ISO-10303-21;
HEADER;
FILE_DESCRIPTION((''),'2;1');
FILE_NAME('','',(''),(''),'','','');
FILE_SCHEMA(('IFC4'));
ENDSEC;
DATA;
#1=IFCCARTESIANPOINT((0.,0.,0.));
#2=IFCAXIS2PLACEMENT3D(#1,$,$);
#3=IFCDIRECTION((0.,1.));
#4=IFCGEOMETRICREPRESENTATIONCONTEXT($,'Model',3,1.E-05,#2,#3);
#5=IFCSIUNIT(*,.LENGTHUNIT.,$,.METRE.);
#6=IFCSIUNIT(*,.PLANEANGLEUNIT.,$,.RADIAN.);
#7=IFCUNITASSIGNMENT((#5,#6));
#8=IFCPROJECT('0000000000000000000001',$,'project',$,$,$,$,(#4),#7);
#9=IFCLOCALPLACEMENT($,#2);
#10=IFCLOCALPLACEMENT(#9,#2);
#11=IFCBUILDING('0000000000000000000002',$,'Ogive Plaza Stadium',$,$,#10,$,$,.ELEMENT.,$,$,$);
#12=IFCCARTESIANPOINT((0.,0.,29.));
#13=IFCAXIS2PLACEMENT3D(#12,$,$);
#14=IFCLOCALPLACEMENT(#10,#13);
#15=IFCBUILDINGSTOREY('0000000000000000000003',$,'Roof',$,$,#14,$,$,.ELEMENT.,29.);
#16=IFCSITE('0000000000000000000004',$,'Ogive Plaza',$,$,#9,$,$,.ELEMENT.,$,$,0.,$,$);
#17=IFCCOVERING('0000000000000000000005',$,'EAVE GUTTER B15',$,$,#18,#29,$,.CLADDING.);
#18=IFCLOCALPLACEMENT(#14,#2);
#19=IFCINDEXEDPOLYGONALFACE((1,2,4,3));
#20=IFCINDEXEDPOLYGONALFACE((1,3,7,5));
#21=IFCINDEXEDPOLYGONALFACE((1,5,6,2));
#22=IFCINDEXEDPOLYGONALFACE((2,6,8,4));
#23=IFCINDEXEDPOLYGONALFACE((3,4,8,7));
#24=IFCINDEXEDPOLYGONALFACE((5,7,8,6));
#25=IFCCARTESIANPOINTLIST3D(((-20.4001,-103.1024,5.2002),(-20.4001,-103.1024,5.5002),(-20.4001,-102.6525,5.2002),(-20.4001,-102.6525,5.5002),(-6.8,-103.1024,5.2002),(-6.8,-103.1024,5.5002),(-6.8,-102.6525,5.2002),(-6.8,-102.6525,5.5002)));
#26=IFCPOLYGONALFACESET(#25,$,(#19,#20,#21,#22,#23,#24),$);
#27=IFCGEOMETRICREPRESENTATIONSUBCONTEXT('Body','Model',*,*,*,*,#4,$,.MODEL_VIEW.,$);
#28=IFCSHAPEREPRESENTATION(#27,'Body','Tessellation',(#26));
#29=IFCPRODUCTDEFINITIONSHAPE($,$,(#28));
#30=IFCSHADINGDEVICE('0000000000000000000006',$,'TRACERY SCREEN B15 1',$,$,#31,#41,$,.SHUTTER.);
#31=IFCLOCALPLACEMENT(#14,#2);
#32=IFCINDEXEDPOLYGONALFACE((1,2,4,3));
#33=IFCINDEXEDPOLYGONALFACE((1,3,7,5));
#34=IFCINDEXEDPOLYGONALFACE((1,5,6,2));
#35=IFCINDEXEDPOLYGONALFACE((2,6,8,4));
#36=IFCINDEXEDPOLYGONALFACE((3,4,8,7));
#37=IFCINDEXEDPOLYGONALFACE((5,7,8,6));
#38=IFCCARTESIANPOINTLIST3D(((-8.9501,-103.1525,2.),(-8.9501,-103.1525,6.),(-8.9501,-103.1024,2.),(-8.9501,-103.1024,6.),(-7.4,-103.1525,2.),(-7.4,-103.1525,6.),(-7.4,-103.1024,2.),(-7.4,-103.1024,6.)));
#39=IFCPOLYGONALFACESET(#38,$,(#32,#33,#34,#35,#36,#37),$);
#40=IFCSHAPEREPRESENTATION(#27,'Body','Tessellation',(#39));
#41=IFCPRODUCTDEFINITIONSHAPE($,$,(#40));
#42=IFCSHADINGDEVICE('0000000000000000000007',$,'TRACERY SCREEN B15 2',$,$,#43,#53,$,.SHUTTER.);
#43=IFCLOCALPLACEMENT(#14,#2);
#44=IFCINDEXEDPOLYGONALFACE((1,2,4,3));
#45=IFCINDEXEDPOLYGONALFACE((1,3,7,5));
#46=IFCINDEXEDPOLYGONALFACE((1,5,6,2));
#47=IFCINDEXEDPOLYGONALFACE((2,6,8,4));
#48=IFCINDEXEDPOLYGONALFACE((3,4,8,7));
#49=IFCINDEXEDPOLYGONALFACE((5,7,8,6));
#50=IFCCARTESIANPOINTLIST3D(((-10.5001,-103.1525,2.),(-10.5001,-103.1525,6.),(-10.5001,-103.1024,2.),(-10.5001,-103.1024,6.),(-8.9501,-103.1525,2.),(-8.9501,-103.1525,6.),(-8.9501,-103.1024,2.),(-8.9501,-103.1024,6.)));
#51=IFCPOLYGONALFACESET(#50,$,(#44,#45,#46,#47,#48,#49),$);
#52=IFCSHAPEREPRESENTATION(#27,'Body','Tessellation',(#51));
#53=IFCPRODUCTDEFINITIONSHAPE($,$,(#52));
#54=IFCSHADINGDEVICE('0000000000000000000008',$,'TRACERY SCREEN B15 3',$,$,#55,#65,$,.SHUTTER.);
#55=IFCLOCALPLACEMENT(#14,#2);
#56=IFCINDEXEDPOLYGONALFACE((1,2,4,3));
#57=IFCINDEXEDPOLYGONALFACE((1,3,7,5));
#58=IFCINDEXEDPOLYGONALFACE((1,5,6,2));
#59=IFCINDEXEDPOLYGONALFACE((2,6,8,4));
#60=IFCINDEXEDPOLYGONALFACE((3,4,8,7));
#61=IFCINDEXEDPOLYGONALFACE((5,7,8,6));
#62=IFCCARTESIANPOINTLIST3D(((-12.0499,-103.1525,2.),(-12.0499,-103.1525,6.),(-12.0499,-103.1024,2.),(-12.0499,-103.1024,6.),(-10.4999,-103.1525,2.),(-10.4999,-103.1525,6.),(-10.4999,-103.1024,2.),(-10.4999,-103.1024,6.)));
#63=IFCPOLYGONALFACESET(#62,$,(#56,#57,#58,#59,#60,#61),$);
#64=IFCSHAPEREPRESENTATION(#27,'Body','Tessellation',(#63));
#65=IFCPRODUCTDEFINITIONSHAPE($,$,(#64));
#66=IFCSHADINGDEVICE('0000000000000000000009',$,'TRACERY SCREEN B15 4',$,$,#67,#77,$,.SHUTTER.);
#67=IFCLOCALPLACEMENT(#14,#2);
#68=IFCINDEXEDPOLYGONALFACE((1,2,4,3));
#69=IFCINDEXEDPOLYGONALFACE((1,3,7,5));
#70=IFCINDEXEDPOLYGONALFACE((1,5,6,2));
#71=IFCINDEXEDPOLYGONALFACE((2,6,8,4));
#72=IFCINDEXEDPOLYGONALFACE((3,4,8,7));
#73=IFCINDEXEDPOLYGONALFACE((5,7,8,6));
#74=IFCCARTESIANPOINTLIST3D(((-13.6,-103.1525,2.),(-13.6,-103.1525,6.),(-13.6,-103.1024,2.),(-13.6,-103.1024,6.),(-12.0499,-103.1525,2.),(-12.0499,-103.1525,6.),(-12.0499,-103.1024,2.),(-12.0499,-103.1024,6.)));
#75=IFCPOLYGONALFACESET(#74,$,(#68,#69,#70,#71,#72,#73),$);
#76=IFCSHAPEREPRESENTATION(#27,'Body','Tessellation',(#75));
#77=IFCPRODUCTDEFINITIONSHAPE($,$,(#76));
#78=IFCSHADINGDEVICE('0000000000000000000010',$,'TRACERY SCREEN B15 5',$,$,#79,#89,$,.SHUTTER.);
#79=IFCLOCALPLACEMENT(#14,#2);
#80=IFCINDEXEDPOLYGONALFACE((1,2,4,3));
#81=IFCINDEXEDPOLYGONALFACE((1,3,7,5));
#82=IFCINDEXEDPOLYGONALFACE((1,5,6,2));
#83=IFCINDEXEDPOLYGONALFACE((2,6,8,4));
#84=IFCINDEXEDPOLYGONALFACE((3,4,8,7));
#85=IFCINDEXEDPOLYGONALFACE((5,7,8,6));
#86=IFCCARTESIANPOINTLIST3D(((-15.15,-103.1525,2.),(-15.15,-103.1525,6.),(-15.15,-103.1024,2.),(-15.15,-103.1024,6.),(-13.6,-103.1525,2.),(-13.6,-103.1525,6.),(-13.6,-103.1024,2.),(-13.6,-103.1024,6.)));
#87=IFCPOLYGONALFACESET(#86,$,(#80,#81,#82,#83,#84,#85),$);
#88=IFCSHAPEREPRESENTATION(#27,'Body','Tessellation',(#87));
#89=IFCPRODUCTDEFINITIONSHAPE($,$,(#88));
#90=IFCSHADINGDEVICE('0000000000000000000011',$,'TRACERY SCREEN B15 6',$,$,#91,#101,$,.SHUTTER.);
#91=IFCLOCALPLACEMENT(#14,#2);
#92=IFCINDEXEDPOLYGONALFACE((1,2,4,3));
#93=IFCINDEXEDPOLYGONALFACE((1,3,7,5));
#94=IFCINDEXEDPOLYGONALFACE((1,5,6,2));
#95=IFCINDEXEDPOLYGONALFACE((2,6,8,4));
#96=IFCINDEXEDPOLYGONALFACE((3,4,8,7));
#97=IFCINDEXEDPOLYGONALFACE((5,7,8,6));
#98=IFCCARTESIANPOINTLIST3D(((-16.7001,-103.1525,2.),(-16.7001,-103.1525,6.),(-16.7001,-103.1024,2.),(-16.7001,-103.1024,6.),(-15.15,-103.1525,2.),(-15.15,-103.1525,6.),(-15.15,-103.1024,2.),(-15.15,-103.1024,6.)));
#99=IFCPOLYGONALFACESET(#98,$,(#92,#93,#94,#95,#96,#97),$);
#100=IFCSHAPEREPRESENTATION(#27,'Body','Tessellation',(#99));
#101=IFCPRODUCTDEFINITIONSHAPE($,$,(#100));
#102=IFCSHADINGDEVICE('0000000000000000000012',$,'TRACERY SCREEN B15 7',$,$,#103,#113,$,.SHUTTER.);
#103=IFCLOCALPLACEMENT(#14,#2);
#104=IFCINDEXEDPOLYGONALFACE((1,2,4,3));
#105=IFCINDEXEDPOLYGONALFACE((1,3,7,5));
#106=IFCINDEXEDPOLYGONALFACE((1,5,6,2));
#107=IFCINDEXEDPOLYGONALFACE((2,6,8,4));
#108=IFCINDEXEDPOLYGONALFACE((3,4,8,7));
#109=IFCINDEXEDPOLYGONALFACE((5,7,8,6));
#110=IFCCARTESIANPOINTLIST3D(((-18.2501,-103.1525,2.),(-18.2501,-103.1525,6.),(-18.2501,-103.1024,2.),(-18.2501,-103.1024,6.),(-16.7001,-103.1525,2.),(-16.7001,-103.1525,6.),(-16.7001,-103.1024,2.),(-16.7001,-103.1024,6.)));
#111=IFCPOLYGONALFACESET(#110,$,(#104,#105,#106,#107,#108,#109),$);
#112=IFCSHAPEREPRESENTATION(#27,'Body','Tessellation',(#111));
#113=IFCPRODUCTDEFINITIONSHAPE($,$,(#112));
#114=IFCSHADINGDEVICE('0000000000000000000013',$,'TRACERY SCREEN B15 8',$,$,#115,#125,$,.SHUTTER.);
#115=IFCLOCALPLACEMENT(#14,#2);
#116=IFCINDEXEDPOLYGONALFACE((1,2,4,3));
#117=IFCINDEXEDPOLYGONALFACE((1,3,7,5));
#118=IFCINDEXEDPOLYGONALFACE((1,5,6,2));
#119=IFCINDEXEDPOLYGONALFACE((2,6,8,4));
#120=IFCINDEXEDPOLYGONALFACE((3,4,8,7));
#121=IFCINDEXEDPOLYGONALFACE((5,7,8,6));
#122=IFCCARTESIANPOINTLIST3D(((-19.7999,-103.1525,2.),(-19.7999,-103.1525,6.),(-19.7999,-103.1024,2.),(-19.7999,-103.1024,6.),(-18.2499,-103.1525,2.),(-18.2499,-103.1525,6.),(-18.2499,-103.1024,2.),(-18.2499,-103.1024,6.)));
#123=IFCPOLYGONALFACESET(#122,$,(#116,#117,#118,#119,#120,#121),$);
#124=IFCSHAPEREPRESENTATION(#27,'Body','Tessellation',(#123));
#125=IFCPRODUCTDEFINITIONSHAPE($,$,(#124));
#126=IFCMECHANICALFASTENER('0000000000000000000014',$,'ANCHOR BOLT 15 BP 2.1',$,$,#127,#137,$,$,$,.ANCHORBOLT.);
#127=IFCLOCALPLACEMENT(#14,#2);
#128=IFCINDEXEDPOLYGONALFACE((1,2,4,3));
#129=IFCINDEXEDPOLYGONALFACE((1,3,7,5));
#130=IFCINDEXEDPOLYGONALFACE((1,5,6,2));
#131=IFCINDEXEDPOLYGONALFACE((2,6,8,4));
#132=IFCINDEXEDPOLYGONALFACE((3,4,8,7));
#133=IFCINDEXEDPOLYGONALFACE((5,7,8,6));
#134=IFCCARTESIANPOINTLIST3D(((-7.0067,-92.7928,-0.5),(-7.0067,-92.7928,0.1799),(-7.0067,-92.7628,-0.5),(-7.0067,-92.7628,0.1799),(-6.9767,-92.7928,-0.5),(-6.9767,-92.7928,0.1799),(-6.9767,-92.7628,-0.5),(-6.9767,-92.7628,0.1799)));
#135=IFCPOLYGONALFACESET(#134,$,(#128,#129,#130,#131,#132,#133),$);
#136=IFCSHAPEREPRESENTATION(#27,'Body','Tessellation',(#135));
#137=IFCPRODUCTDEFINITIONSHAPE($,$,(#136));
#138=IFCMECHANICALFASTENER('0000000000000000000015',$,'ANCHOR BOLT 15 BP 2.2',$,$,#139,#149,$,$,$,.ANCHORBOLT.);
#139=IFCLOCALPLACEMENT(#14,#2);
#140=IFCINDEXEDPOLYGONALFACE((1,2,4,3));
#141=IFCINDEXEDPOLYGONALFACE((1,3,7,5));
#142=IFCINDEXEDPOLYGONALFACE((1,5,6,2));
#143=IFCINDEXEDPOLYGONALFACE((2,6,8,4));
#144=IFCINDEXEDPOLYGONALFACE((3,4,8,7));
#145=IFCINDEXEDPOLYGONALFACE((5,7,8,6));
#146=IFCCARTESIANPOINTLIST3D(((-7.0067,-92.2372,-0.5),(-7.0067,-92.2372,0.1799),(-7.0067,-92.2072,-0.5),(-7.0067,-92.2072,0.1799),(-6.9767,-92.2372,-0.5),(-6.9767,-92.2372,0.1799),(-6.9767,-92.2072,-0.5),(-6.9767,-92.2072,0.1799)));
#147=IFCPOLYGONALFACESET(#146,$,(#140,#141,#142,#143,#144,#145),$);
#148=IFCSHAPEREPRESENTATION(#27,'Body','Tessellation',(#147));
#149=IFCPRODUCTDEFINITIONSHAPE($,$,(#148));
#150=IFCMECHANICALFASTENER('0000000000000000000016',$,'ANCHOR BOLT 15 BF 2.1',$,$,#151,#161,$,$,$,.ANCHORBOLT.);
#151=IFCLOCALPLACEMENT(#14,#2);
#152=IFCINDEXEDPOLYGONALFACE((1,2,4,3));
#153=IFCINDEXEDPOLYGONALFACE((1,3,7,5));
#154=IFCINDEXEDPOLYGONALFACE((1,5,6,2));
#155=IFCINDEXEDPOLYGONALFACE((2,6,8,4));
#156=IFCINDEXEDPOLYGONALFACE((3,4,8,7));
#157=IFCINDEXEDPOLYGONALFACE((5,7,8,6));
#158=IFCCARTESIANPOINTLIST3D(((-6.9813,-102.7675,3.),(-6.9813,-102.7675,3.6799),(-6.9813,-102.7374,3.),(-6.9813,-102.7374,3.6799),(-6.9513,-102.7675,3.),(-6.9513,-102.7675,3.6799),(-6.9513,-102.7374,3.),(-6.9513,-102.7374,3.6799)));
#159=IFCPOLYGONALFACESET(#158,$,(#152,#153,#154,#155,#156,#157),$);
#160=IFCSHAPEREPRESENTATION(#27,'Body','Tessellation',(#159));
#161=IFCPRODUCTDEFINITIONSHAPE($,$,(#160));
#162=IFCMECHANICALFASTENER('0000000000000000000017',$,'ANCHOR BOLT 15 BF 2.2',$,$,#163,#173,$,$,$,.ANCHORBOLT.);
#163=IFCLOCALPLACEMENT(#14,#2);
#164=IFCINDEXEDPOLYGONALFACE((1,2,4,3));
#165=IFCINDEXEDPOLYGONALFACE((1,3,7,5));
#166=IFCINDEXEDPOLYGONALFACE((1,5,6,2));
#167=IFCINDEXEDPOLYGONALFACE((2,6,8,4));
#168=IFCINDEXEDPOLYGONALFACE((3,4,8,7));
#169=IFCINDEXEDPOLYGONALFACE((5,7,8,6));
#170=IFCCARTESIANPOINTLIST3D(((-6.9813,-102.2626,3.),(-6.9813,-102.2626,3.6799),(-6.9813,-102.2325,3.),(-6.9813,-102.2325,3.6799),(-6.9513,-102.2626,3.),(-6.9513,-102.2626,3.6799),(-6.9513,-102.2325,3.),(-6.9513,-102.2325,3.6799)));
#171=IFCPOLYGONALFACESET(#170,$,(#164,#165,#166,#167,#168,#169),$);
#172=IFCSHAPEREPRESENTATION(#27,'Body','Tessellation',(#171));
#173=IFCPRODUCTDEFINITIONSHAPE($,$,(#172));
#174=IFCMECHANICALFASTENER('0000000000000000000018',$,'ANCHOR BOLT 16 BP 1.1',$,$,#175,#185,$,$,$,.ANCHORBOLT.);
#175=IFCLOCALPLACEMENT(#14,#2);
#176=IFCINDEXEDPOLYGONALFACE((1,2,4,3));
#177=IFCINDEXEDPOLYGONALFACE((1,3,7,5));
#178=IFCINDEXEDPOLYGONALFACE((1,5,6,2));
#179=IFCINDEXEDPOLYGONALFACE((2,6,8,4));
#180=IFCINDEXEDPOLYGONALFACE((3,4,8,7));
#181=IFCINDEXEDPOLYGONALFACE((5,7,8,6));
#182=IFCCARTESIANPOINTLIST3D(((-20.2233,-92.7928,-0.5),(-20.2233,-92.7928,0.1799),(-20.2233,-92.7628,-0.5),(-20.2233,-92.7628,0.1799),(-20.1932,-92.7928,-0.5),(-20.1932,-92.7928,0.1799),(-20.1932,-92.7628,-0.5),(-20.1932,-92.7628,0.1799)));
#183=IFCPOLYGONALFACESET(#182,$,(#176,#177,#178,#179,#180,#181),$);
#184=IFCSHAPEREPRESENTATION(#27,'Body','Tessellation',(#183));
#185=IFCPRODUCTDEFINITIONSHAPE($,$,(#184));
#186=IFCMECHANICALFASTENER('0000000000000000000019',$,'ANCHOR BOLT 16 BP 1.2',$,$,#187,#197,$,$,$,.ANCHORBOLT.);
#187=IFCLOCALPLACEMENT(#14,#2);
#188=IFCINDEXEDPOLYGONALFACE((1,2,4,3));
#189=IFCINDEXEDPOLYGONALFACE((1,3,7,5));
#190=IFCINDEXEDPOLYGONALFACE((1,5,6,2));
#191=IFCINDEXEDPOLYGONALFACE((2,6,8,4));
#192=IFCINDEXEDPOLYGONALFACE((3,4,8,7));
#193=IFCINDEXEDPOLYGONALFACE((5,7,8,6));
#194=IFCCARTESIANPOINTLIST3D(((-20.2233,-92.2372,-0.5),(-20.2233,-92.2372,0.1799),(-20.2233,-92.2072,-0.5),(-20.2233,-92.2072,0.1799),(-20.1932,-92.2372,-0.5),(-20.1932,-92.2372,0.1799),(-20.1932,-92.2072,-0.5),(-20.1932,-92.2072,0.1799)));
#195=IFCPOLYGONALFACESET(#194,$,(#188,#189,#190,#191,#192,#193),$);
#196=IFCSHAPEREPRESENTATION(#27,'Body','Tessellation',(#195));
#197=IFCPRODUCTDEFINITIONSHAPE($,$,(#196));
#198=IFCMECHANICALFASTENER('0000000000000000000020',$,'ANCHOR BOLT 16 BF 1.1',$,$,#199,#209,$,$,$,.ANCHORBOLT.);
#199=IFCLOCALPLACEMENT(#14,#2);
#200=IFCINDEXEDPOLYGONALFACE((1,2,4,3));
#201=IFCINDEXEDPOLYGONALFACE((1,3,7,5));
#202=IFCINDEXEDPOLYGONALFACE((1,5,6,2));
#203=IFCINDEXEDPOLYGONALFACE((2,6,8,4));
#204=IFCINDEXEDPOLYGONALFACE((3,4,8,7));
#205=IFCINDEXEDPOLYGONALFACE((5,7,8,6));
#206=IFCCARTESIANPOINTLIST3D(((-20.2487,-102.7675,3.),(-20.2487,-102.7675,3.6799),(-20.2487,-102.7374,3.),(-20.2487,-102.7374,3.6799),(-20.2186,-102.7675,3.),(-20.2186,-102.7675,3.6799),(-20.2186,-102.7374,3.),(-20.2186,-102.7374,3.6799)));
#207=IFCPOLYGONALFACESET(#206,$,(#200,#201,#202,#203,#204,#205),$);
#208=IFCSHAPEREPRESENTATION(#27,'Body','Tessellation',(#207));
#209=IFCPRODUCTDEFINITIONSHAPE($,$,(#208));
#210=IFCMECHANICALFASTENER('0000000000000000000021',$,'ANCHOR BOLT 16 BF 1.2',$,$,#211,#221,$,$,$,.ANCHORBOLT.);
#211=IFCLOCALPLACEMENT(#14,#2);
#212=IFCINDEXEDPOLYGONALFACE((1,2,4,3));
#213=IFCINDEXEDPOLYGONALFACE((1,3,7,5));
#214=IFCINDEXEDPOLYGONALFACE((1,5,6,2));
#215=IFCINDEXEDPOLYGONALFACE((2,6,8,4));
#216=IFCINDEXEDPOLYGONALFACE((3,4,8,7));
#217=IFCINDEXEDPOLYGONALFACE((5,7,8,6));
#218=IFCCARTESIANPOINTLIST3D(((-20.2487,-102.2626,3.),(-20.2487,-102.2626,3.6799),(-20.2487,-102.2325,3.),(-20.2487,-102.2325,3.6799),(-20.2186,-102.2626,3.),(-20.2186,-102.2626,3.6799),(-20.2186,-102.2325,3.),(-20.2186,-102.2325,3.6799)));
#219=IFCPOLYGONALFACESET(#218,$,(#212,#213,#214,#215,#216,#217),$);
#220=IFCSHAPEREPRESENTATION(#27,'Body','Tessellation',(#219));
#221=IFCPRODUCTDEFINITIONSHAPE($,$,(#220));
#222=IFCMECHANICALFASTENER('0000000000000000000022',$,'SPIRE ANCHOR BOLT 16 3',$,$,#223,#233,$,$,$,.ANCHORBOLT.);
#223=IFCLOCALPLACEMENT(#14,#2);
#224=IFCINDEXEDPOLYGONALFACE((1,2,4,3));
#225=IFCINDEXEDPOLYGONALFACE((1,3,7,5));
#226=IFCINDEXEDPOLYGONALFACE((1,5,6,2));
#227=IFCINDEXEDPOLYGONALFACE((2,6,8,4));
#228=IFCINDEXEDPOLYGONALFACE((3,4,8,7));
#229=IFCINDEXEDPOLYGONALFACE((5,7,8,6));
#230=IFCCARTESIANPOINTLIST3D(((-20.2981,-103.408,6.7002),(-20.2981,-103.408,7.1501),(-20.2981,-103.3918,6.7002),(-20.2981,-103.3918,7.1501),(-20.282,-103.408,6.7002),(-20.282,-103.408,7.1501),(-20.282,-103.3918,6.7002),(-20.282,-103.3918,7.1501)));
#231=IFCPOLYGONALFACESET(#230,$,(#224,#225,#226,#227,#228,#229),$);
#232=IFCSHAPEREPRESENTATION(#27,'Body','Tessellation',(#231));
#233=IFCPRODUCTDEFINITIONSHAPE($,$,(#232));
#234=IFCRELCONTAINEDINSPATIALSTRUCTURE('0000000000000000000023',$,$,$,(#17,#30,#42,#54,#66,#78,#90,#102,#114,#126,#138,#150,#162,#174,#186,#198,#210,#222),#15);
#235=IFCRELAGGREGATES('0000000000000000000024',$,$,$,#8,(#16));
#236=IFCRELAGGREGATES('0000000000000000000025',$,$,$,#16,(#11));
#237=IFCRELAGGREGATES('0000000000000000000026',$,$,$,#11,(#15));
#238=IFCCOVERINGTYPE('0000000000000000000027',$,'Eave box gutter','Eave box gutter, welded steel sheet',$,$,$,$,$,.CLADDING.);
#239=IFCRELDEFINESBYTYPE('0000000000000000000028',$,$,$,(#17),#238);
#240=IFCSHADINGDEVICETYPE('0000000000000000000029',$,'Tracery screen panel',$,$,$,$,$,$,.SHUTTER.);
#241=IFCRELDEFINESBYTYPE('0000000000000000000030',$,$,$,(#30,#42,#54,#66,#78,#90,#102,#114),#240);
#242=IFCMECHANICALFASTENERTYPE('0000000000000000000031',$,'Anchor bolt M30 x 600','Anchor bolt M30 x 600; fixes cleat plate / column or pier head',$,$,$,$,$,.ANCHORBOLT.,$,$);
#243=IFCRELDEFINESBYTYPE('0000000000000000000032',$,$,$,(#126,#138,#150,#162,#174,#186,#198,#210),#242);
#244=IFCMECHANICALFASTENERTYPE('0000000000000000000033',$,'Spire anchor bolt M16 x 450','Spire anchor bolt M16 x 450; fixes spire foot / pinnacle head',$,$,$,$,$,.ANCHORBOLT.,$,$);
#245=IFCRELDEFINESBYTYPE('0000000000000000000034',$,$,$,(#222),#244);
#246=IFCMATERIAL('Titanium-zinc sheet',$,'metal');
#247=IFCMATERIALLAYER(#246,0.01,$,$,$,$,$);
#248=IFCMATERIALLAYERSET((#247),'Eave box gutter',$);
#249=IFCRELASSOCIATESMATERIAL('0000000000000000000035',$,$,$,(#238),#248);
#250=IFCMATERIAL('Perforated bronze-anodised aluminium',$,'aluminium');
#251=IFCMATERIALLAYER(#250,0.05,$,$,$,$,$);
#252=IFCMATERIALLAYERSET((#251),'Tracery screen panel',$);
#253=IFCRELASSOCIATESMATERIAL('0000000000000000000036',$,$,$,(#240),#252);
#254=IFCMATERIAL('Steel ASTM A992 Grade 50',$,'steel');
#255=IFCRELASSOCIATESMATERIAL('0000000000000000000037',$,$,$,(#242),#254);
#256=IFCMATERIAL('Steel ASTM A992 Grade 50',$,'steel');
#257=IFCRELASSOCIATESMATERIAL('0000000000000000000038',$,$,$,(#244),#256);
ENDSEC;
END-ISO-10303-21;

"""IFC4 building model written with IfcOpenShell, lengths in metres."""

from ifc_helpers import new_model, si_unit, direction, frame, origin, origin_2d, place, context, subcontext, project, spatial, rectangle, extrude, material, layer, layer_set, type_object, element, save


model = new_model("IFC4")

# Units and contexts
model_context = context("Model", 3, precision=1e-05, world=origin(), true_north=direction((0.0, 1.0)))
body_context = subcontext(model_context, "Body", "Model", "MODEL_VIEW")
ifc_project = project(units=[si_unit("LENGTHUNIT", "METRE"), si_unit("PLANEANGLEUNIT", "RADIAN")], contexts=[model_context])

# Site, building, storey
site_placement = place(None, origin())
site = spatial("IfcSite", under=ifc_project, at=site_placement, Name="Ogive Plaza", CompositionType="ELEMENT", RefElevation=0.0)
building_placement = place(site_placement, origin())
building = spatial("IfcBuilding", under=site, at=building_placement, Name="Ogive Plaza Stadium", CompositionType="ELEMENT")
storey_placement = place(building_placement, frame((0.0, 0.0, 29.0)))
storey = spatial("IfcBuildingStorey", under=building, at=storey_placement, Name="Roof", CompositionType="ELEMENT", Elevation=29.0)

# Covering
ifc_material_1 = material(Name="Titanium-zinc sheet", Category="metal")
ifc_layer_1 = layer(ifc_material_1, 0.01)
ifc_layer_set_1 = layer_set([ifc_layer_1], Name="Eave box gutter")
covering_type = type_object("IfcCoveringType", Name="Eave box gutter", Description="Eave box gutter, welded steel sheet", PredefinedType="CLADDING", material=ifc_layer_set_1)
covering_placement = place(storey_placement, frame((-13.6001, -102.8774, 5.2002), z_axis=(0.0, 0.0, 1.0), x_axis=(-1.0, 0.0, 0.0)))
element("IfcCovering", 1, at=covering_placement, inside=storey, type_object=covering_type, Name="EAVE GUTTER B15", PredefinedType="CLADDING", context=body_context, shape_type="SweptSolid", body=[
    extrude(rectangle(XDim=13.6001, YDim=0.45, at=origin_2d()), origin(), (0.0, 0.0, 1.0), 0.3),
])

# Shading devices
ifc_material_2 = material(Name="Perforated bronze-anodised aluminium", Category="aluminium")
ifc_layer_2 = layer(ifc_material_2, 0.05)
ifc_layer_set_2 = layer_set([ifc_layer_2], Name="Tracery screen panel")
shading_device_type = type_object("IfcShadingDeviceType", Name="Tracery screen panel", PredefinedType="SHUTTER", material=ifc_layer_set_2)
for number, where, z_axis, x_axis, name in (
    (2, (-8.175, -103.1274, 2.0), (0.0, 0.0, 1.0), (-1.0, 0.0, 0.0), "TRACERY SCREEN B15 1"),
    (3, (-9.7251, -103.1274, 2.0), (0.0, 0.0, 1.0), (-1.0, 0.0, 0.0), "TRACERY SCREEN B15 2"),
    (4, (-11.2749, -103.1274, 2.0), (0.0, 0.0, 1.0), (-1.0, 0.0, 0.0), "TRACERY SCREEN B15 3"),
    (5, (-12.825, -103.1274, 2.0), (0.0, 0.0, 1.0), (-1.0, 0.0, 0.0), "TRACERY SCREEN B15 4"),
    (6, (-14.375, -103.1274, 2.0), (0.0, 0.0, 1.0), (-1.0, 0.0, 0.0), "TRACERY SCREEN B15 5"),
    (7, (-15.925, -103.1274, 2.0), (0.0, 0.0, 1.0), (-1.0, 0.0, 0.0), "TRACERY SCREEN B15 6"),
    (8, (-17.4751, -103.1274, 2.0), (0.0, 0.0, 1.0), (-1.0, 0.0, 0.0), "TRACERY SCREEN B15 7"),
    (9, (-19.0249, -103.1274, 2.0), (0.0, 0.0, 1.0), (-1.0, 0.0, 0.0), "TRACERY SCREEN B15 8"),
):
    element("IfcShadingDevice", number, at=place(storey_placement, frame(where, z_axis=z_axis, x_axis=x_axis)), inside=storey, type_object=shading_device_type, Name=name, PredefinedType="SHUTTER", context=body_context, shape_type="SweptSolid", body=[
        extrude(rectangle(XDim=1.55, YDim=0.05, at=origin_2d()), origin(), (0.0, 0.0, 1.0), 4.0),
    ])

# Mechanical fasteners
ifc_material_3 = material(Name="Steel ASTM A992 Grade 50", Category="steel")
mechanical_fastener_type_1 = type_object("IfcMechanicalFastenerType", Name="Anchor bolt M30 x 600", Description="Anchor bolt M30 x 600; fixes cleat plate / column or pier head", PredefinedType="ANCHORBOLT", material=ifc_material_3)
for number, where, z_axis, x_axis, name in (
    (10, (-6.9917, -92.7778, -0.5), (0.0, 0.0, 1.0), (0.0, -1.0, 0.0), "ANCHOR BOLT 15 BP 2.1"),
    (11, (-6.9917, -92.2222, -0.5), (0.0, 0.0, 1.0), (0.0, -1.0, 0.0), "ANCHOR BOLT 15 BP 2.2"),
    (12, (-6.9663, -102.7524, 3.0), (0.0, 0.0, 1.0), (0.0, -1.0, 0.0), "ANCHOR BOLT 15 BF 2.1"),
    (13, (-6.9663, -102.2476, 3.0), (0.0, 0.0, 1.0), (0.0, -1.0, 0.0), "ANCHOR BOLT 15 BF 2.2"),
    (14, (-20.2083, -92.7778, -0.5), (0.0, 0.0, 1.0), (0.0, -1.0, 0.0), "ANCHOR BOLT 16 BP 1.1"),
    (15, (-20.2083, -92.2222, -0.5), (0.0, 0.0, 1.0), (0.0, -1.0, 0.0), "ANCHOR BOLT 16 BP 1.2"),
    (16, (-20.2336, -102.7524, 3.0), (0.0, 0.0, 1.0), (0.0, -1.0, 0.0), "ANCHOR BOLT 16 BF 1.1"),
    (17, (-20.2336, -102.2476, 3.0), (0.0, 0.0, 1.0), (0.0, -1.0, 0.0), "ANCHOR BOLT 16 BF 1.2"),
):
    element("IfcMechanicalFastener", number, at=place(storey_placement, frame(where, z_axis=z_axis, x_axis=x_axis)), inside=storey, type_object=mechanical_fastener_type_1, Name=name, PredefinedType="ANCHORBOLT", context=body_context, shape_type="SweptSolid", body=[
        extrude(rectangle(XDim=0.03, YDim=0.03, at=origin_2d()), origin(), (0.0, 0.0, 1.0), 0.6799),
    ])
ifc_material_4 = material(Name="Steel ASTM A992 Grade 50", Category="steel")
mechanical_fastener_type_2 = type_object("IfcMechanicalFastenerType", Name="Spire anchor bolt M16 x 450", Description="Spire anchor bolt M16 x 450; fixes spire foot / pinnacle head", PredefinedType="ANCHORBOLT", material=ifc_material_4)
mechanical_fastener_placement = place(storey_placement, frame((-20.29, -103.3999, 6.7002), z_axis=(0.0, 0.0, 1.0), x_axis=(0.0, -1.0, 0.0)))
element("IfcMechanicalFastener", 18, at=mechanical_fastener_placement, inside=storey, type_object=mechanical_fastener_type_2, Name="SPIRE ANCHOR BOLT 16 3", PredefinedType="ANCHORBOLT", context=body_context, shape_type="SweptSolid", body=[
    extrude(rectangle(XDim=0.0161, YDim=0.0161, at=origin_2d()), origin(), (0.0, 0.0, 1.0), 0.45),
])

save(model, "model.ifc")
